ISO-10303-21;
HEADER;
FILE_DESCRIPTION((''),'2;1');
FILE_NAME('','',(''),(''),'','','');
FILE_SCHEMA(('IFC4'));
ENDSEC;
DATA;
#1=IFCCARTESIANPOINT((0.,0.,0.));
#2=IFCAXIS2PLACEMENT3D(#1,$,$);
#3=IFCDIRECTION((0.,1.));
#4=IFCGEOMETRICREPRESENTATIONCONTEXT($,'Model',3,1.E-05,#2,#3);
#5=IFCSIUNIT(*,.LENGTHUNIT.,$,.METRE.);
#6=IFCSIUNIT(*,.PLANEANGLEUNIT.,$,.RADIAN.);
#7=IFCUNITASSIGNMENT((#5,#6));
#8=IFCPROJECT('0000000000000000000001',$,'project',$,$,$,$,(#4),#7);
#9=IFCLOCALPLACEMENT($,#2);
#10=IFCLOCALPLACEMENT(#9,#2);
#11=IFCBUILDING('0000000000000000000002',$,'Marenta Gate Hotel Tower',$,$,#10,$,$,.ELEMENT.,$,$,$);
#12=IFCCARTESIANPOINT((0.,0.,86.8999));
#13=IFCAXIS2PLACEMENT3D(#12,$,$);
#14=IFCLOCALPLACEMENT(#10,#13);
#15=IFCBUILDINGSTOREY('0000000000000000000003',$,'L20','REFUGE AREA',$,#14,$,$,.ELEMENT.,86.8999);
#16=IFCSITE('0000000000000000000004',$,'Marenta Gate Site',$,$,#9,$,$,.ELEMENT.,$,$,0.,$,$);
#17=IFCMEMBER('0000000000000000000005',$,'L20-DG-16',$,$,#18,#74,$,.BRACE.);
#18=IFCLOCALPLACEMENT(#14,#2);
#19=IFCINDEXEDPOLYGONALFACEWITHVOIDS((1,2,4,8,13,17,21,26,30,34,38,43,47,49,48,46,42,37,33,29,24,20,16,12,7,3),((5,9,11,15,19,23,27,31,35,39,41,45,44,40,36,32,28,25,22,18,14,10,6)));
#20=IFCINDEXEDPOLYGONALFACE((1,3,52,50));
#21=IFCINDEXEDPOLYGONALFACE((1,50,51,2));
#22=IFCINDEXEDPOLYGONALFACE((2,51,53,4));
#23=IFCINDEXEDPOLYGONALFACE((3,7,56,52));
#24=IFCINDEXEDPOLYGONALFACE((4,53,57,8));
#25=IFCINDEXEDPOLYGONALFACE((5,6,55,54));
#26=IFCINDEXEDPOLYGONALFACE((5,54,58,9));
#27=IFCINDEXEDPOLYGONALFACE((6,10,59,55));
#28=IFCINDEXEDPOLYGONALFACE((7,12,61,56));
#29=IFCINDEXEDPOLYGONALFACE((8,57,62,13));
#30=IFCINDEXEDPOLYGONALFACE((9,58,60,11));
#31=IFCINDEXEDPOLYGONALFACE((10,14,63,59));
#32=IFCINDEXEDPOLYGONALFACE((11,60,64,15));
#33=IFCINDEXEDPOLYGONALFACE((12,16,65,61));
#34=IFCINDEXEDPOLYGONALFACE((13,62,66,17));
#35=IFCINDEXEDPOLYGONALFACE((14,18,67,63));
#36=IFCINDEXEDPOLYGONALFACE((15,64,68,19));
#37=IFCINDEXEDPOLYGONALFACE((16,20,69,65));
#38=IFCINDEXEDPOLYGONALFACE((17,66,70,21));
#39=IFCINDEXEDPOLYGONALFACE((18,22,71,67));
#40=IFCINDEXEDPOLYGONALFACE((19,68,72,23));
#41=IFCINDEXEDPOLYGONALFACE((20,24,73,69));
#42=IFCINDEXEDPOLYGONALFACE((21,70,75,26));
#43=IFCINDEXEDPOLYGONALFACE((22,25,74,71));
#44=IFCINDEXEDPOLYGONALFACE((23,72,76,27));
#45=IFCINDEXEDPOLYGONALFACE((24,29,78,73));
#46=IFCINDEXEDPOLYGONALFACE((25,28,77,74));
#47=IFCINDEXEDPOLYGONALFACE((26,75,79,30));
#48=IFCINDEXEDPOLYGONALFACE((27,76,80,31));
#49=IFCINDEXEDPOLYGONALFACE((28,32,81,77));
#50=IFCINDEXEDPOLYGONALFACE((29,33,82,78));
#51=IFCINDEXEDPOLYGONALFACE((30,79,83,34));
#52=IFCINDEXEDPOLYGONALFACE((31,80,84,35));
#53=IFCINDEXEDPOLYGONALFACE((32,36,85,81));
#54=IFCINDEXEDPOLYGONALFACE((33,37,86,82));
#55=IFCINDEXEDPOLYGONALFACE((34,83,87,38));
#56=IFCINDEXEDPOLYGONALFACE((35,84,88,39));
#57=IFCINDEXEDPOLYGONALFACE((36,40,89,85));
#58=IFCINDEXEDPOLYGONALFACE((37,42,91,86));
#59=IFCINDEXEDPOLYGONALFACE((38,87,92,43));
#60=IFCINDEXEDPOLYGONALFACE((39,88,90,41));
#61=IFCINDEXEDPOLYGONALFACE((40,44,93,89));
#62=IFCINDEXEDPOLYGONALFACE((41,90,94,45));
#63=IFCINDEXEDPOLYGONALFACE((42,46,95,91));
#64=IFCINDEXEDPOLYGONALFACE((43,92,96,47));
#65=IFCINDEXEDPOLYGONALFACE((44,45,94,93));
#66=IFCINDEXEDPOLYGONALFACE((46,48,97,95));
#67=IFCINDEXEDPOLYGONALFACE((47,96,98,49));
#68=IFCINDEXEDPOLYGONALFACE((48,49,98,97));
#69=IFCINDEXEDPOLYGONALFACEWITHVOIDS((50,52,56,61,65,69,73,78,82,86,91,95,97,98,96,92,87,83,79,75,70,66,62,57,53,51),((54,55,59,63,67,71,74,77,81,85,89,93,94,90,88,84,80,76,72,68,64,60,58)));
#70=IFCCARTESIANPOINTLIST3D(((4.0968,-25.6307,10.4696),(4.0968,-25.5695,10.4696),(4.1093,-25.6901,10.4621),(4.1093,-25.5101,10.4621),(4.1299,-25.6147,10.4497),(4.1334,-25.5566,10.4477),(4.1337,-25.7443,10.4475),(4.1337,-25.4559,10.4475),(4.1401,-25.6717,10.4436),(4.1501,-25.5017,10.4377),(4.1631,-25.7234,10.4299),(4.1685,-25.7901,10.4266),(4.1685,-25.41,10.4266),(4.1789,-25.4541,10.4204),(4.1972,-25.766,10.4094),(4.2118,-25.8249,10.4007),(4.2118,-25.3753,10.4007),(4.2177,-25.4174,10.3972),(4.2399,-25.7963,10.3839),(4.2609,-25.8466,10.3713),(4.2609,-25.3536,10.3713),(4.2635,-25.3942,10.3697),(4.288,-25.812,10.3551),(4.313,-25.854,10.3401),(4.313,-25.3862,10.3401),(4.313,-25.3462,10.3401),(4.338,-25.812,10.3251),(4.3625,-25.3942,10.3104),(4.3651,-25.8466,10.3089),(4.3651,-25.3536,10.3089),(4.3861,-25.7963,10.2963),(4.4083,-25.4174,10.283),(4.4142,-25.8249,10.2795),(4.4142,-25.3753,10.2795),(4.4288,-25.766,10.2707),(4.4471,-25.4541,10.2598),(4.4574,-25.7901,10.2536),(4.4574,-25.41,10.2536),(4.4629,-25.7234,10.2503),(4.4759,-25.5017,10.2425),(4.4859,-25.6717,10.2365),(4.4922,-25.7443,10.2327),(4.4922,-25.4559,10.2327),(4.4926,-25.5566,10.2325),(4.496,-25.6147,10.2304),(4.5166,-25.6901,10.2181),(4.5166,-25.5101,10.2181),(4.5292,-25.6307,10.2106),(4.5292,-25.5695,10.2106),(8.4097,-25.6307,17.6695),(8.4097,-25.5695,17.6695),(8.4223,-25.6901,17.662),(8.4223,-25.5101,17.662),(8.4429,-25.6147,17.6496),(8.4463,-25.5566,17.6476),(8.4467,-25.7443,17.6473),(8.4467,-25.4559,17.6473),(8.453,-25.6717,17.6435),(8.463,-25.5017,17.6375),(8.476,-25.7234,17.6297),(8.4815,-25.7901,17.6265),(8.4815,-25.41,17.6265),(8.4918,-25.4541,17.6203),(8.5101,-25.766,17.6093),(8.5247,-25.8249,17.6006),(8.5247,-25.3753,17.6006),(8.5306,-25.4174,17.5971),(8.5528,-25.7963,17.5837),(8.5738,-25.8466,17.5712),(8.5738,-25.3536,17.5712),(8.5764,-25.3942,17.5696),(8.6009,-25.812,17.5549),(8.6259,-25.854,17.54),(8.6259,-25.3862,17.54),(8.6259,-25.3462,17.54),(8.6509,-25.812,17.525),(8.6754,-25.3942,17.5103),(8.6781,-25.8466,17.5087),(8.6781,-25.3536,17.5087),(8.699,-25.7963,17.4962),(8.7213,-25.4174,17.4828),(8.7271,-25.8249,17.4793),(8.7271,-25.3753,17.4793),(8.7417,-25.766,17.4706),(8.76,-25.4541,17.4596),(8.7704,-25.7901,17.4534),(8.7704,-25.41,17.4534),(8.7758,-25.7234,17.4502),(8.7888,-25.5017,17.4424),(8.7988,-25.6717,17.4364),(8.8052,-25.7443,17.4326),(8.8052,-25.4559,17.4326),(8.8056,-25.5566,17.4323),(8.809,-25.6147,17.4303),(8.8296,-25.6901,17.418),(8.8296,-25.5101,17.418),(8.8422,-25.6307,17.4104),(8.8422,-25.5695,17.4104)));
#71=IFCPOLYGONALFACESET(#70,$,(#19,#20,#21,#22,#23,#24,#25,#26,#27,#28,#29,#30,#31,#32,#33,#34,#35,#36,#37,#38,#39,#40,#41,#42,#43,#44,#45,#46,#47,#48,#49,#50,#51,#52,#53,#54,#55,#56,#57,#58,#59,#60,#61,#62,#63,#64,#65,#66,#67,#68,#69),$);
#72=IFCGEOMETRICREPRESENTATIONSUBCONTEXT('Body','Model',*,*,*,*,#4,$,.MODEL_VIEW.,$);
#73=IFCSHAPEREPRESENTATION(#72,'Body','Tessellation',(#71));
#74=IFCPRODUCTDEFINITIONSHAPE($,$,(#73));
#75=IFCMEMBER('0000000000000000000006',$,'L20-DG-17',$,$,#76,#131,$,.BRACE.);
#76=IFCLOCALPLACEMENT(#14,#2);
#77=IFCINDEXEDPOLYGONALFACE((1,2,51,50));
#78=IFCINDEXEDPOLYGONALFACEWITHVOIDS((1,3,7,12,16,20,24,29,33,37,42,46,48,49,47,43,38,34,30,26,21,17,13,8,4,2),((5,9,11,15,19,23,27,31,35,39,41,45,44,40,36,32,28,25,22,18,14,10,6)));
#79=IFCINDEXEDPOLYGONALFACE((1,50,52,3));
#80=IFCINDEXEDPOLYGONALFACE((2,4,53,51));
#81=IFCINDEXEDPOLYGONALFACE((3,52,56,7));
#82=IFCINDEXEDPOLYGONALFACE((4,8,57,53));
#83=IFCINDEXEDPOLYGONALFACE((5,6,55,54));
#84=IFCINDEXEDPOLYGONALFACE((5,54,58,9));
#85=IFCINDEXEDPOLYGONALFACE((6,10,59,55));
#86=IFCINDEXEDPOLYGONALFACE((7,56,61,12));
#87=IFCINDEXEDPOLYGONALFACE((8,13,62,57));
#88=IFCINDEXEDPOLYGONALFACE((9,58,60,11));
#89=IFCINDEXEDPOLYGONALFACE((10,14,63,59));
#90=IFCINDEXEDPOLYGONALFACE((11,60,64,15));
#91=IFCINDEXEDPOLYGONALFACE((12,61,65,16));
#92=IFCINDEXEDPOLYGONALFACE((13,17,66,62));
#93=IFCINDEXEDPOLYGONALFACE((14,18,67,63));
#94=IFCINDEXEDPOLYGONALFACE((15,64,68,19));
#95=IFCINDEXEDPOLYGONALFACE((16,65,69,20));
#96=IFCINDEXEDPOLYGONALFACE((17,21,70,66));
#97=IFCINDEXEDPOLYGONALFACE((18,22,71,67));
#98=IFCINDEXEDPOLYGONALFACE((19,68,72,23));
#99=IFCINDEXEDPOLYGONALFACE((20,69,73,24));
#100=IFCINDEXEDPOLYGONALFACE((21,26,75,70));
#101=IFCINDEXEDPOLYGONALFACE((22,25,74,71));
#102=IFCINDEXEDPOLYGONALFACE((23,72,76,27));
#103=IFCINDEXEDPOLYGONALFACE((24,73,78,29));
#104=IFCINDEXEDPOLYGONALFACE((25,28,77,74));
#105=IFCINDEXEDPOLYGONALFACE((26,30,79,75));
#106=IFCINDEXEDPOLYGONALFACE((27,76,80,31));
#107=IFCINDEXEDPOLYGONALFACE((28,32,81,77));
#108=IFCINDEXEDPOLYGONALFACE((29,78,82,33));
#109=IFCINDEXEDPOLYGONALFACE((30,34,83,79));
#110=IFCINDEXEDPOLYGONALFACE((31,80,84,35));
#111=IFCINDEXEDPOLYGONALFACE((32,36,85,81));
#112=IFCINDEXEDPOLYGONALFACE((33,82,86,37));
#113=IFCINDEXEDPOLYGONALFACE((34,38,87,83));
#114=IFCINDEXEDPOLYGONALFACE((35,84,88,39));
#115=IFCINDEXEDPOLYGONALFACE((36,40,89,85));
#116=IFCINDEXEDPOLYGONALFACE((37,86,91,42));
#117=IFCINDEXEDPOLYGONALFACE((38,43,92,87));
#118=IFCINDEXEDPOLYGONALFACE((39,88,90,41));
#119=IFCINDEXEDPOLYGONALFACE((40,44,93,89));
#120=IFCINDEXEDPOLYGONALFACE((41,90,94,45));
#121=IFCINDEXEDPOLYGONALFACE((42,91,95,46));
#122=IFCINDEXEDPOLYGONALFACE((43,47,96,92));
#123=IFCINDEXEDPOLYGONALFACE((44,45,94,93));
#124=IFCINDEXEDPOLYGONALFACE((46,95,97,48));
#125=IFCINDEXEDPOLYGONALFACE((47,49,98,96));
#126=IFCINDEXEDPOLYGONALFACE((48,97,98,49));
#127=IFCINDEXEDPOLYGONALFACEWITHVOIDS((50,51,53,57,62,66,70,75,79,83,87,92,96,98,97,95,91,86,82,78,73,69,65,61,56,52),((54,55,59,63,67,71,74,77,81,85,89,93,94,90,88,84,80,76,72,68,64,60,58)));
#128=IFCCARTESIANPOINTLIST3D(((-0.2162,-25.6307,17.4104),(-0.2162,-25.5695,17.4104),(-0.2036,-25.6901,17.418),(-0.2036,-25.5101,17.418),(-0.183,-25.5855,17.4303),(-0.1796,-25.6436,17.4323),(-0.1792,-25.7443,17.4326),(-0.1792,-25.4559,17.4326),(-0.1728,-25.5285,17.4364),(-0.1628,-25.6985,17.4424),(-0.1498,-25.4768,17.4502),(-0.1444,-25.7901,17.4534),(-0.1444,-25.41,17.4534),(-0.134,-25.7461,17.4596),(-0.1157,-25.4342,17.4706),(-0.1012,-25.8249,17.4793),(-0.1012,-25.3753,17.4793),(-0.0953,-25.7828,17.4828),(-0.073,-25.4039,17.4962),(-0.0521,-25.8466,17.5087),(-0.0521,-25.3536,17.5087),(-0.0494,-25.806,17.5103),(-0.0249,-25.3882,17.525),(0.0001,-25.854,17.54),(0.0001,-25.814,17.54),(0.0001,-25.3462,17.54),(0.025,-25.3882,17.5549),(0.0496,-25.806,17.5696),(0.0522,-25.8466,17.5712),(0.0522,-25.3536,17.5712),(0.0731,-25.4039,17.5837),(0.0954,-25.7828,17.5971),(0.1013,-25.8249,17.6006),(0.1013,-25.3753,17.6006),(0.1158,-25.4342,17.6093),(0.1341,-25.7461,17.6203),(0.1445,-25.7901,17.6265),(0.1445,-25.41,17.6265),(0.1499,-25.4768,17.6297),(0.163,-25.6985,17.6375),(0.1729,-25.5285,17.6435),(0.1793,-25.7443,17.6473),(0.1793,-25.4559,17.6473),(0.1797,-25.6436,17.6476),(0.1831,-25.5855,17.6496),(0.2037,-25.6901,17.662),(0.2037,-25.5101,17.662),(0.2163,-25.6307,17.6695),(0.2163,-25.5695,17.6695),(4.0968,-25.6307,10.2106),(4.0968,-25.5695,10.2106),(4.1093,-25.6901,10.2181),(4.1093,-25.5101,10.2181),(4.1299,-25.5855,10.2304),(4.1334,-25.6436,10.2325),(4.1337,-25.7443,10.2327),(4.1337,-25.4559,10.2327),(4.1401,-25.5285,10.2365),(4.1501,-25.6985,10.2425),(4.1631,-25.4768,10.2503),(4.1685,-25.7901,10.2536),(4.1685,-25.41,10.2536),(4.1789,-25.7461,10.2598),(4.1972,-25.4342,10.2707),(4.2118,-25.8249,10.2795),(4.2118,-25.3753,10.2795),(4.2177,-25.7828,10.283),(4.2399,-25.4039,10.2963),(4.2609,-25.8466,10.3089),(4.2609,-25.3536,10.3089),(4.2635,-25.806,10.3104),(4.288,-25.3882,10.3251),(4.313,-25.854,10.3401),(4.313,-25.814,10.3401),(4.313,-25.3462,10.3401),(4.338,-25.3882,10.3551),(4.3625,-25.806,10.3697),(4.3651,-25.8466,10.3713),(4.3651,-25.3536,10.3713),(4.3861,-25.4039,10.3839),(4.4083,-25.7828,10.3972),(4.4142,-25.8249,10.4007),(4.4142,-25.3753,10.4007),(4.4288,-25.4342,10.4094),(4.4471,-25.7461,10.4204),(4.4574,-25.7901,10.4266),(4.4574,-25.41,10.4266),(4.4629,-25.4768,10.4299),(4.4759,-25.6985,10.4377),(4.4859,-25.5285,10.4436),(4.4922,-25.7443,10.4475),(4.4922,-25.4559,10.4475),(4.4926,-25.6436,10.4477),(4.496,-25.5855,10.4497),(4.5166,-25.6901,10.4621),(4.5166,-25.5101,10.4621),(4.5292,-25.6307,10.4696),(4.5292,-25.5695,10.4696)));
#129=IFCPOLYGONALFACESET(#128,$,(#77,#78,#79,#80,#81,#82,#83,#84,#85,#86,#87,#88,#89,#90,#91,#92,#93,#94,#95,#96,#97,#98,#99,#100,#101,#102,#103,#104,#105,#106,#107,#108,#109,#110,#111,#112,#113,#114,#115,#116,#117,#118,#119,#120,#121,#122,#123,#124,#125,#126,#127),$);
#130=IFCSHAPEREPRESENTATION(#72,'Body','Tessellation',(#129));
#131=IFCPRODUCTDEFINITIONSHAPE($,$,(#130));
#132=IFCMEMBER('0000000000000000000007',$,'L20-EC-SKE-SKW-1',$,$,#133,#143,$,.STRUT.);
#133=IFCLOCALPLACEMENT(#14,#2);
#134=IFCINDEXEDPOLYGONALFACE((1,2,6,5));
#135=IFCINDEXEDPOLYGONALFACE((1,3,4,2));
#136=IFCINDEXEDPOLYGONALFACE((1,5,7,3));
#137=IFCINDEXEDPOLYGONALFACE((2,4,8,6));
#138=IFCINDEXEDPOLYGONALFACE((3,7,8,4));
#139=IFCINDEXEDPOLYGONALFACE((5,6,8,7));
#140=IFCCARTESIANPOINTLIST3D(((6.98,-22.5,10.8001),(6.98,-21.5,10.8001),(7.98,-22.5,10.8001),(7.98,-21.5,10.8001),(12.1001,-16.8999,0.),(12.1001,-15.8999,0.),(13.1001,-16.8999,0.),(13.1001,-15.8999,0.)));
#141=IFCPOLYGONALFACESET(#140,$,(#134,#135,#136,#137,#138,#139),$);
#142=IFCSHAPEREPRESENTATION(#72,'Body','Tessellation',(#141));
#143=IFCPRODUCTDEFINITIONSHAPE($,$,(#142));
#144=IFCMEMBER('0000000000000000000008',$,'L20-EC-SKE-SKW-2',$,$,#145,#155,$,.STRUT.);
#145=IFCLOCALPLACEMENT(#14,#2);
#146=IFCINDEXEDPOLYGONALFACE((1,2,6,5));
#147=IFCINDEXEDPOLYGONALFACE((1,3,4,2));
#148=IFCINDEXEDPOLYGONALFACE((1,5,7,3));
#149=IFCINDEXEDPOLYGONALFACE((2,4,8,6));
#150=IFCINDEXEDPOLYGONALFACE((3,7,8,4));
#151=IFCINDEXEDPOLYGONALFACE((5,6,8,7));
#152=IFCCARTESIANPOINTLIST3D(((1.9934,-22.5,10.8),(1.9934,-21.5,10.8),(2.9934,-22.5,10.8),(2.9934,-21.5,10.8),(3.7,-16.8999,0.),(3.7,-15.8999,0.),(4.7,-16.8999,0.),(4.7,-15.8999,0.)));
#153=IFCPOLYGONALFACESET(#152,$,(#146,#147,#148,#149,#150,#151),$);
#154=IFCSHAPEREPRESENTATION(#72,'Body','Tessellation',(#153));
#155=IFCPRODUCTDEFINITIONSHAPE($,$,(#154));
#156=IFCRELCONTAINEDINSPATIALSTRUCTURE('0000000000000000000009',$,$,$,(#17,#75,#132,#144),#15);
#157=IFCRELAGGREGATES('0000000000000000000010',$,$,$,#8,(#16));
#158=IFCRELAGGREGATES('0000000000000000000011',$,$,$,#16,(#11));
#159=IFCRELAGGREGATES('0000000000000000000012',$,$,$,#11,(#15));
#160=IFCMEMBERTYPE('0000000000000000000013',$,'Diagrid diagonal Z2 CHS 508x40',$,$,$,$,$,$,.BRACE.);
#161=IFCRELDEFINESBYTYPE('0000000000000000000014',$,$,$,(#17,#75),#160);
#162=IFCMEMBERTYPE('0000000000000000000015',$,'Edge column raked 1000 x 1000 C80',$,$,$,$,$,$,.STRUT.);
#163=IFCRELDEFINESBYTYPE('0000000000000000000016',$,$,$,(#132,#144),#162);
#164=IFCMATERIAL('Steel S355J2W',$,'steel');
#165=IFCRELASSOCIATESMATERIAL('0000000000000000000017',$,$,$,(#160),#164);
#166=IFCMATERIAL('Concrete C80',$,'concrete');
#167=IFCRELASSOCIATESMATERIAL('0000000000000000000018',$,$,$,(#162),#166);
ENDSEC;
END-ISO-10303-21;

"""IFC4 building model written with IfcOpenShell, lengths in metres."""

from ifc_helpers import new_model, si_unit, direction, frame, origin, origin_2d, place, context, subcontext, project, spatial, rectangle, hollow_circle, extrude, material, material_profile, profile_set, type_object, element, save


model = new_model("IFC4")

# Units and contexts
model_context = context("Model", 3, precision=1e-05, world=origin(), true_north=direction((0.0, 1.0)))
body_context = subcontext(model_context, "Body", "Model", "MODEL_VIEW")
ifc_project = project(units=[si_unit("LENGTHUNIT", "METRE"), si_unit("PLANEANGLEUNIT", "RADIAN")], contexts=[model_context])

# Site, building, storey
site_placement = place(None, origin())
site = spatial("IfcSite", under=ifc_project, at=site_placement, Name="Marenta Gate Site", CompositionType="ELEMENT", RefElevation=0.0)
building_placement = place(site_placement, origin())
building = spatial("IfcBuilding", under=site, at=building_placement, Name="Marenta Gate Hotel Tower", CompositionType="ELEMENT")
storey_placement = place(building_placement, frame((0.0, 0.0, 86.8999)))
storey = spatial("IfcBuildingStorey", under=building, at=storey_placement, Name="L20", Description="REFUGE AREA", CompositionType="ELEMENT", Elevation=86.8999)

# Members
ifc_material_1 = material(Name="Steel S355J2W", Category="steel")
ifc_material_profile_1 = material_profile(ifc_material_1, hollow_circle(Radius=0.2539, WallThickness=0.04, at=origin_2d()), Name="CHS 508x40")
ifc_profile_set_1 = profile_set([ifc_material_profile_1], Name="Steel S355J2W")
member_type_1 = type_object("IfcMemberType", Name="Diagrid diagonal Z2 CHS 508x40", PredefinedType="BRACE", material=ifc_profile_set_1)
for number, where, z_axis, x_axis, name in (
    (1, (4.313, -25.6001, 10.3401), (0.513884, 0.0, 0.85786), (0.0, 1.0, 0.0), "L20-DG-16"),
    (2, (4.313, -25.6001, 10.3401), (-0.513884, 0.0, 0.85786), (0.0, -1.0, 0.0), "L20-DG-17"),
):
    element("IfcMember", number, at=place(storey_placement, frame(where, z_axis=z_axis, x_axis=x_axis)), inside=storey, type_object=member_type_1, Name=name, PredefinedType="BRACE", context=body_context, shape_type="SweptSolid", body=[
        extrude(hollow_circle(Radius=0.2539, WallThickness=0.04, at=origin_2d()), origin(), (0.0, 0.0, 1.0), 8.3928),
    ])
ifc_material_2 = material(Name="Concrete C80", Category="concrete")
ifc_material_profile_2 = material_profile(ifc_material_2, rectangle(XDim=1.0, YDim=1.0, at=origin_2d()), Name="1000 x 1000")
ifc_profile_set_2 = profile_set([ifc_material_profile_2], Name="Concrete C80")
member_type_2 = type_object("IfcMemberType", Name="Edge column raked 1000 x 1000 C80", PredefinedType="STRUT", material=ifc_profile_set_2)
member_1_placement = place(storey_placement, frame((12.6001, -16.3999, 0.0), z_axis=(0.0, 0.0, 1.0), x_axis=(1.0, 0.0, 0.0)))
element("IfcMember", 3, at=member_1_placement, inside=storey, type_object=member_type_2, Name="L20-EC-SKE-SKW-1", PredefinedType="STRUT", context=body_context, shape_type="SweptSolid", body=[
    extrude(rectangle(XDim=1.0, YDim=1.0, at=origin_2d()), origin(), (-0.387912, -0.424277, 0.818238), 13.1992),
])
member_2_placement = place(storey_placement, frame((4.2, -16.3999, 0.0), z_axis=(0.0, 0.0, 1.0), x_axis=(1.0, 0.0, 0.0)))
element("IfcMember", 4, at=member_2_placement, inside=storey, type_object=member_type_2, Name="L20-EC-SKE-SKW-2", PredefinedType="STRUT", context=body_context, shape_type="SweptSolid", body=[
    extrude(rectangle(XDim=1.0, YDim=1.0, at=origin_2d()), origin(), (-0.138916, -0.455859, 0.879145), 12.2847),
])

save(model, "model.ifc")
